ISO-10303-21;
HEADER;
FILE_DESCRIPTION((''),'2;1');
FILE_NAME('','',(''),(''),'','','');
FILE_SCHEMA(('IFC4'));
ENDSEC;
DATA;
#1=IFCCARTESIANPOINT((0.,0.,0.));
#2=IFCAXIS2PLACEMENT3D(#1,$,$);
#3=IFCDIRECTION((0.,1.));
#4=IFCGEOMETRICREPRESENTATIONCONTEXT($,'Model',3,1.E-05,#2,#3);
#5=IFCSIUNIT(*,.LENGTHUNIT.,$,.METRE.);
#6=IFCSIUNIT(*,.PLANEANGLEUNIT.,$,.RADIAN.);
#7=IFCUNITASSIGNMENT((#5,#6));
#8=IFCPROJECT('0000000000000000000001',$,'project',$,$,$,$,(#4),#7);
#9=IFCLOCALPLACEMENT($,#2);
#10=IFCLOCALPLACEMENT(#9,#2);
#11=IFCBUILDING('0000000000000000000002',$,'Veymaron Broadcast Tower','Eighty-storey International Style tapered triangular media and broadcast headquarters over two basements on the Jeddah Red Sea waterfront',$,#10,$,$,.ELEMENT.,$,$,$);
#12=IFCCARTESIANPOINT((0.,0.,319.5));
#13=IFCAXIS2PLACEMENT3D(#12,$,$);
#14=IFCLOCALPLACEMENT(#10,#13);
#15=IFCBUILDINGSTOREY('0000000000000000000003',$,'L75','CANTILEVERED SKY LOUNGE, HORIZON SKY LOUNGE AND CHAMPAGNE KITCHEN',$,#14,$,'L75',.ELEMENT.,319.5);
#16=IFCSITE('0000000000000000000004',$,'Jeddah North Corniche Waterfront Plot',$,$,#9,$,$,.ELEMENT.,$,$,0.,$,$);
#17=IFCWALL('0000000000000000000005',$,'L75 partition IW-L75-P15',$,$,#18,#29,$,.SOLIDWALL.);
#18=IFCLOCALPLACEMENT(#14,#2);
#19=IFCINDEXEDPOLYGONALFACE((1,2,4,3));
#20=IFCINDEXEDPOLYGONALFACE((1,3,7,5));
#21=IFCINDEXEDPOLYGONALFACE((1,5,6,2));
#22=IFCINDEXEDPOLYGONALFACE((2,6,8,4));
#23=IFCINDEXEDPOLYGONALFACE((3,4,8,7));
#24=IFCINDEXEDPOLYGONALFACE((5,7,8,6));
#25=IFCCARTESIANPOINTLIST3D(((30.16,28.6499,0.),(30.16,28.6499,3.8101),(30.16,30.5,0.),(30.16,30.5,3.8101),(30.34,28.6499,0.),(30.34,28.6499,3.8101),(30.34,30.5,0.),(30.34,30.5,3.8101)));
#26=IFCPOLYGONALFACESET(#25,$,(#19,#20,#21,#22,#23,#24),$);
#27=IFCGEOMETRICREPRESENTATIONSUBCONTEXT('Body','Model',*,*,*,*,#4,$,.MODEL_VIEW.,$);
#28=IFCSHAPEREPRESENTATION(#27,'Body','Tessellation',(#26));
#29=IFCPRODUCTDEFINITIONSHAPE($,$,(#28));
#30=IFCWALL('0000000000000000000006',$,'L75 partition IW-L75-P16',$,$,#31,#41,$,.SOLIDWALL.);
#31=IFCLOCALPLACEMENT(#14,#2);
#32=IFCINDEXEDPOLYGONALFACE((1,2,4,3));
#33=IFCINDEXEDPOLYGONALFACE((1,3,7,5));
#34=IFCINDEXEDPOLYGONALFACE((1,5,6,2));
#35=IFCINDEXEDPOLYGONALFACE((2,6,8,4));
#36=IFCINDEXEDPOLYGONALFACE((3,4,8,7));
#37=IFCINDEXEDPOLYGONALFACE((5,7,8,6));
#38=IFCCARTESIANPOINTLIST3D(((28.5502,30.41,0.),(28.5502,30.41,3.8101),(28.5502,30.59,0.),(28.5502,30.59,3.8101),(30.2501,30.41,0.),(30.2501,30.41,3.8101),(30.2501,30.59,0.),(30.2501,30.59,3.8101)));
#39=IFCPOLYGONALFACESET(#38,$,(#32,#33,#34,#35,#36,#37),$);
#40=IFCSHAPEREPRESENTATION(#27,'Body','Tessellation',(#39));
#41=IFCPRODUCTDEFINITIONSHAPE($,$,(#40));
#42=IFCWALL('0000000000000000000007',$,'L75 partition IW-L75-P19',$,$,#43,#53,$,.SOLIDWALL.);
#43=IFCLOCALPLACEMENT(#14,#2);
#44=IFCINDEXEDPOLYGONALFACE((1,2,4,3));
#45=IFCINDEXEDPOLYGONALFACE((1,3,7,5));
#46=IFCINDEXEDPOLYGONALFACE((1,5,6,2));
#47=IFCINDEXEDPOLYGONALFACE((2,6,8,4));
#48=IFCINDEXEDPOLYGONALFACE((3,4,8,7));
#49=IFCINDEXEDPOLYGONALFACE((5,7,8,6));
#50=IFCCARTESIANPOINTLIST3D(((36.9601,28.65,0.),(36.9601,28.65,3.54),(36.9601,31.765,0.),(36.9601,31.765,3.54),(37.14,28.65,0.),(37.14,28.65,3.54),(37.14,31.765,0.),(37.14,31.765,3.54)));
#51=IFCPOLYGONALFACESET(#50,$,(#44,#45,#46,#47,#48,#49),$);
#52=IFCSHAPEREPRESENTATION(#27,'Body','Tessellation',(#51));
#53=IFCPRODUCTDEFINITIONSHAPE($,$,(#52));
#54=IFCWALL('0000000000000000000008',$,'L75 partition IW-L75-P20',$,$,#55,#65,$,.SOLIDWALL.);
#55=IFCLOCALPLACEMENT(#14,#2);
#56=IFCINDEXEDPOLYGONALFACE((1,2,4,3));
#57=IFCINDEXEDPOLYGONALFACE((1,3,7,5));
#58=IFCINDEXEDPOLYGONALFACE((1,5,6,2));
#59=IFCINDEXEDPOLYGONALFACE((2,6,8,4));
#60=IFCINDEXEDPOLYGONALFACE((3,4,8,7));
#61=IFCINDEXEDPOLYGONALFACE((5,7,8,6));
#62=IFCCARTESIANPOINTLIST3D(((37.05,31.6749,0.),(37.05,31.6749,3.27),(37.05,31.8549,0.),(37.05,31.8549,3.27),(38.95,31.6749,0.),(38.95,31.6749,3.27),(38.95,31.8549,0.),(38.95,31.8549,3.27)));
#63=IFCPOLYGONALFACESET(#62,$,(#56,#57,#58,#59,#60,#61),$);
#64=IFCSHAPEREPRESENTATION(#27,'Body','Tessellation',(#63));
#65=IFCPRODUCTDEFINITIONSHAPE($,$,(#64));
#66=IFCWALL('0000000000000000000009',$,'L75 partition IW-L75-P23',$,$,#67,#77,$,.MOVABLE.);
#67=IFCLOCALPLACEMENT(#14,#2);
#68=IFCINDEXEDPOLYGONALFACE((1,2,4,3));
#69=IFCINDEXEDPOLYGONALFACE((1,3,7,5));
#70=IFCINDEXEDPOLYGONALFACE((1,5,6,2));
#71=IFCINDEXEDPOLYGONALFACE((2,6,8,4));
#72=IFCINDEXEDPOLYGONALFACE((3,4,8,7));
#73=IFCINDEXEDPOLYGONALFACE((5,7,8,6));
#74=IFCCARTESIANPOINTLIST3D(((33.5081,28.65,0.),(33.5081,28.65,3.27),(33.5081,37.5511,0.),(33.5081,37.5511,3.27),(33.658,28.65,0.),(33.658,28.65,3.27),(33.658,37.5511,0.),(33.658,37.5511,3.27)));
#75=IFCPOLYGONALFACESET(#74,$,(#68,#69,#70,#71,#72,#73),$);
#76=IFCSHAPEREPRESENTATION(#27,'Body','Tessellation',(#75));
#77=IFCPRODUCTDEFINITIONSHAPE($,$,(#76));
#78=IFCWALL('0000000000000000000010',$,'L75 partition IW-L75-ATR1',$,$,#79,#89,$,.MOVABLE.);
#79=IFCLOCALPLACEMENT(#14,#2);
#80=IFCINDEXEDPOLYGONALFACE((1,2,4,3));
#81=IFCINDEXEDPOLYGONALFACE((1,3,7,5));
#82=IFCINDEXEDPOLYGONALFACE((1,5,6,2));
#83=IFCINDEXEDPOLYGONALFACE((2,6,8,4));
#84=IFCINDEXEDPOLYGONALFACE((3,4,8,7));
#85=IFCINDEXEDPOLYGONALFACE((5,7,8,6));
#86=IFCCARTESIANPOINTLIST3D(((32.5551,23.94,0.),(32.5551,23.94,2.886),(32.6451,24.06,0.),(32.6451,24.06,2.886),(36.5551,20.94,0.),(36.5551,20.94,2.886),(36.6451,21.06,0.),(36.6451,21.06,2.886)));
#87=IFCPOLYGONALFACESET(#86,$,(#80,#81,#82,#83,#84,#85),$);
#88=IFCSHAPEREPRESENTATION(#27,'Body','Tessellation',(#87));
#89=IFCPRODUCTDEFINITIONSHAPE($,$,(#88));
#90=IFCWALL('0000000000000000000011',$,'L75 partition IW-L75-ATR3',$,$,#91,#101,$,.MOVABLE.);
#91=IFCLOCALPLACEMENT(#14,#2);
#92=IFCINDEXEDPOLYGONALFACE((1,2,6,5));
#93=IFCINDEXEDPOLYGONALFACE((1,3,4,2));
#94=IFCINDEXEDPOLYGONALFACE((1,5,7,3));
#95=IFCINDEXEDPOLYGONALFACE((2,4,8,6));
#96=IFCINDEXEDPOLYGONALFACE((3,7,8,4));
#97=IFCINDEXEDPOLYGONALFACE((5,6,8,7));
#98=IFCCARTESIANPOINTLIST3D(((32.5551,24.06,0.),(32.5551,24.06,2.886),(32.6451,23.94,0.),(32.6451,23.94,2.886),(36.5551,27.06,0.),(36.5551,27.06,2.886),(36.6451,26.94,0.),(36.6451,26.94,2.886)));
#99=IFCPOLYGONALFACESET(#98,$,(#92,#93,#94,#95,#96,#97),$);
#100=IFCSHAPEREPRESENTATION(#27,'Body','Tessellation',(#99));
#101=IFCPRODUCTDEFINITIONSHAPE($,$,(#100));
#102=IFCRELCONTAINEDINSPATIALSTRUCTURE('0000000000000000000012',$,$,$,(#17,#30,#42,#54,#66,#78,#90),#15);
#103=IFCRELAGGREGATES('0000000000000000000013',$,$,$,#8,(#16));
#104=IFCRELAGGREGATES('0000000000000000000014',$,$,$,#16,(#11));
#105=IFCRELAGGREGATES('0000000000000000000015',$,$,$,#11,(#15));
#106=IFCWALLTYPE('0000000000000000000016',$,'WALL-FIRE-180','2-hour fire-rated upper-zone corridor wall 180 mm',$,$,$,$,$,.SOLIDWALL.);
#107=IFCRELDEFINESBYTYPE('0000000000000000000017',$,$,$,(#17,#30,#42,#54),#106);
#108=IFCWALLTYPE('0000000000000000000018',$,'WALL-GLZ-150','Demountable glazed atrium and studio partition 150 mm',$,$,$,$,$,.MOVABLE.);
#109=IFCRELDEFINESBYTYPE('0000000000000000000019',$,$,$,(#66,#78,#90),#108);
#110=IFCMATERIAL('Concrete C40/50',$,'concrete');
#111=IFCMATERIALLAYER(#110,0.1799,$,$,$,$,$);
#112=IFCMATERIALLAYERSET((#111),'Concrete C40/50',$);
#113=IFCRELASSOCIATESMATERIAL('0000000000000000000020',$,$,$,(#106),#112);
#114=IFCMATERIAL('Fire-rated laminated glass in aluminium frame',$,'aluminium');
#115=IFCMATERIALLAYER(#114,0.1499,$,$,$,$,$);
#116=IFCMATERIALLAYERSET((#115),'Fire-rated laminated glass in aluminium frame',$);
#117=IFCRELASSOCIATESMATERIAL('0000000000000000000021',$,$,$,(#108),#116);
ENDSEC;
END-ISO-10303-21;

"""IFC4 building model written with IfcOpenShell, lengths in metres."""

from ifc_helpers import new_model, si_unit, direction, frame, frame_2d, origin, place, context, subcontext, project, spatial, rectangle, extrude, material, layer, layer_set, type_object, element, save


model = new_model("IFC4")

# Units and contexts
model_context = context("Model", 3, precision=1e-05, world=origin(), true_north=direction((0.0, 1.0)))
body_context = subcontext(model_context, "Body", "Model", "MODEL_VIEW")
ifc_project = project(units=[si_unit("LENGTHUNIT", "METRE"), si_unit("PLANEANGLEUNIT", "RADIAN")], contexts=[model_context])

# Site, building, storey
site_placement = place(None, origin())
site = spatial("IfcSite", under=ifc_project, at=site_placement, Name="Jeddah North Corniche Waterfront Plot", CompositionType="ELEMENT", RefElevation=0.0)
building_placement = place(site_placement, origin())
building = spatial("IfcBuilding", under=site, at=building_placement, Name="Veymaron Broadcast Tower", Description="Eighty-storey International Style tapered triangular media and broadcast headquarters over two basements on the Jeddah Red Sea waterfront", CompositionType="ELEMENT")
storey_placement = place(building_placement, frame((0.0, 0.0, 319.5)))
storey = spatial("IfcBuildingStorey", under=building, at=storey_placement, Name="L75", Description="CANTILEVERED SKY LOUNGE, HORIZON SKY LOUNGE AND CHAMPAGNE KITCHEN", LongName="L75", CompositionType="ELEMENT", Elevation=319.5)

# Shared definitions
ifc_material_1 = material(Name="Concrete C40/50", Category="concrete")
ifc_layer_1 = layer(ifc_material_1, 0.1799)
ifc_layer_set_1 = layer_set([ifc_layer_1], Name="Concrete C40/50")
wall_type_1 = type_object("IfcWallType", Name="WALL-FIRE-180", Description="2-hour fire-rated upper-zone corridor wall 180 mm", PredefinedType="SOLIDWALL", material=ifc_layer_set_1)

# Walls
wall_1_placement = place(storey_placement, frame((30.25, 28.6499, 0.0), z_axis=(0.0, 0.0, 1.0), x_axis=(0.0, 1.0, 0.0)))
element("IfcWall", 1, at=wall_1_placement, inside=storey, type_object=wall_type_1, Name="L75 partition IW-L75-P15", PredefinedType="SOLIDWALL", context=body_context, shape_type="SweptSolid", body=[
    extrude(rectangle(XDim=1.8501, YDim=0.1799, at=frame_2d((0.925, 0.0))), origin(), (0.0, 0.0, 1.0), 3.8101),
])
wall_2_placement = place(storey_placement, frame((28.55, 30.5, 0.0), z_axis=(0.0, 0.0, 1.0), x_axis=(1.0, 0.0, 0.0)))
element("IfcWall", 2, at=wall_2_placement, inside=storey, type_object=wall_type_1, Name="L75 partition IW-L75-P16", PredefinedType="SOLIDWALL", context=body_context, shape_type="SweptSolid", body=[
    extrude(rectangle(XDim=1.7, YDim=0.1799, at=frame_2d((0.8501, 0.0))), origin(), (0.0, 0.0, 1.0), 3.8101),
])
wall_3_placement = place(storey_placement, frame((37.05, 28.6499, 0.0), z_axis=(0.0, 0.0, 1.0), x_axis=(0.0, 1.0, 0.0)))
element("IfcWall", 3, at=wall_3_placement, inside=storey, type_object=wall_type_1, Name="L75 partition IW-L75-P19", PredefinedType="SOLIDWALL", context=body_context, shape_type="SweptSolid", body=[
    extrude(rectangle(XDim=3.115, YDim=0.1799, at=frame_2d((1.5576, 0.0))), origin(), (0.0, 0.0, 1.0), 3.54),
])
wall_4_placement = place(storey_placement, frame((37.05, 31.7649, 0.0), z_axis=(0.0, 0.0, 1.0), x_axis=(1.0, 0.0, 0.0)))
element("IfcWall", 4, at=wall_4_placement, inside=storey, type_object=wall_type_1, Name="L75 partition IW-L75-P20", PredefinedType="SOLIDWALL", context=body_context, shape_type="SweptSolid", body=[
    extrude(rectangle(XDim=1.8999, YDim=0.1799, at=frame_2d((0.95, 0.0))), origin(), (0.0, 0.0, 1.0), 3.27),
])
ifc_material_2 = material(Name="Fire-rated laminated glass in aluminium frame", Category="aluminium")
ifc_layer_2 = layer(ifc_material_2, 0.1499)
ifc_layer_set_2 = layer_set([ifc_layer_2], Name="Fire-rated laminated glass in aluminium frame")
wall_type_2 = type_object("IfcWallType", Name="WALL-GLZ-150", Description="Demountable glazed atrium and studio partition 150 mm", PredefinedType="MOVABLE", material=ifc_layer_set_2)
wall_5_placement = place(storey_placement, frame((33.583, 28.6499, 0.0), z_axis=(0.0, 0.0, 1.0), x_axis=(0.0, 1.0, 0.0)))
element("IfcWall", 5, at=wall_5_placement, inside=storey, type_object=wall_type_2, Name="L75 partition IW-L75-P23", PredefinedType="MOVABLE", context=body_context, shape_type="SweptSolid", body=[
    extrude(rectangle(XDim=8.9011, YDim=0.1499, at=frame_2d((4.4507, 0.0))), origin(), (0.0, 0.0, 1.0), 3.27),
])
for number, where, z_axis, x_axis, name in (
    (6, (32.6001, 24.0, 0.0), (0.0, 0.0, 1.0), (0.8, -0.6, 0.0), "L75 partition IW-L75-ATR1"),
    (7, (36.6001, 27.0, 0.0), (0.0, 0.0, 1.0), (-0.8, -0.6, 0.0), "L75 partition IW-L75-ATR3"),
):
    element("IfcWall", number, at=place(storey_placement, frame(where, z_axis=z_axis, x_axis=x_axis)), inside=storey, type_object=wall_type_2, Name=name, PredefinedType="MOVABLE", context=body_context, shape_type="SweptSolid", body=[
        extrude(rectangle(XDim=5.0, YDim=0.1499, at=frame_2d((2.5, 0.0))), origin(), (0.0, 0.0, 1.0), 2.886),
    ])

save(model, "model.ifc")
